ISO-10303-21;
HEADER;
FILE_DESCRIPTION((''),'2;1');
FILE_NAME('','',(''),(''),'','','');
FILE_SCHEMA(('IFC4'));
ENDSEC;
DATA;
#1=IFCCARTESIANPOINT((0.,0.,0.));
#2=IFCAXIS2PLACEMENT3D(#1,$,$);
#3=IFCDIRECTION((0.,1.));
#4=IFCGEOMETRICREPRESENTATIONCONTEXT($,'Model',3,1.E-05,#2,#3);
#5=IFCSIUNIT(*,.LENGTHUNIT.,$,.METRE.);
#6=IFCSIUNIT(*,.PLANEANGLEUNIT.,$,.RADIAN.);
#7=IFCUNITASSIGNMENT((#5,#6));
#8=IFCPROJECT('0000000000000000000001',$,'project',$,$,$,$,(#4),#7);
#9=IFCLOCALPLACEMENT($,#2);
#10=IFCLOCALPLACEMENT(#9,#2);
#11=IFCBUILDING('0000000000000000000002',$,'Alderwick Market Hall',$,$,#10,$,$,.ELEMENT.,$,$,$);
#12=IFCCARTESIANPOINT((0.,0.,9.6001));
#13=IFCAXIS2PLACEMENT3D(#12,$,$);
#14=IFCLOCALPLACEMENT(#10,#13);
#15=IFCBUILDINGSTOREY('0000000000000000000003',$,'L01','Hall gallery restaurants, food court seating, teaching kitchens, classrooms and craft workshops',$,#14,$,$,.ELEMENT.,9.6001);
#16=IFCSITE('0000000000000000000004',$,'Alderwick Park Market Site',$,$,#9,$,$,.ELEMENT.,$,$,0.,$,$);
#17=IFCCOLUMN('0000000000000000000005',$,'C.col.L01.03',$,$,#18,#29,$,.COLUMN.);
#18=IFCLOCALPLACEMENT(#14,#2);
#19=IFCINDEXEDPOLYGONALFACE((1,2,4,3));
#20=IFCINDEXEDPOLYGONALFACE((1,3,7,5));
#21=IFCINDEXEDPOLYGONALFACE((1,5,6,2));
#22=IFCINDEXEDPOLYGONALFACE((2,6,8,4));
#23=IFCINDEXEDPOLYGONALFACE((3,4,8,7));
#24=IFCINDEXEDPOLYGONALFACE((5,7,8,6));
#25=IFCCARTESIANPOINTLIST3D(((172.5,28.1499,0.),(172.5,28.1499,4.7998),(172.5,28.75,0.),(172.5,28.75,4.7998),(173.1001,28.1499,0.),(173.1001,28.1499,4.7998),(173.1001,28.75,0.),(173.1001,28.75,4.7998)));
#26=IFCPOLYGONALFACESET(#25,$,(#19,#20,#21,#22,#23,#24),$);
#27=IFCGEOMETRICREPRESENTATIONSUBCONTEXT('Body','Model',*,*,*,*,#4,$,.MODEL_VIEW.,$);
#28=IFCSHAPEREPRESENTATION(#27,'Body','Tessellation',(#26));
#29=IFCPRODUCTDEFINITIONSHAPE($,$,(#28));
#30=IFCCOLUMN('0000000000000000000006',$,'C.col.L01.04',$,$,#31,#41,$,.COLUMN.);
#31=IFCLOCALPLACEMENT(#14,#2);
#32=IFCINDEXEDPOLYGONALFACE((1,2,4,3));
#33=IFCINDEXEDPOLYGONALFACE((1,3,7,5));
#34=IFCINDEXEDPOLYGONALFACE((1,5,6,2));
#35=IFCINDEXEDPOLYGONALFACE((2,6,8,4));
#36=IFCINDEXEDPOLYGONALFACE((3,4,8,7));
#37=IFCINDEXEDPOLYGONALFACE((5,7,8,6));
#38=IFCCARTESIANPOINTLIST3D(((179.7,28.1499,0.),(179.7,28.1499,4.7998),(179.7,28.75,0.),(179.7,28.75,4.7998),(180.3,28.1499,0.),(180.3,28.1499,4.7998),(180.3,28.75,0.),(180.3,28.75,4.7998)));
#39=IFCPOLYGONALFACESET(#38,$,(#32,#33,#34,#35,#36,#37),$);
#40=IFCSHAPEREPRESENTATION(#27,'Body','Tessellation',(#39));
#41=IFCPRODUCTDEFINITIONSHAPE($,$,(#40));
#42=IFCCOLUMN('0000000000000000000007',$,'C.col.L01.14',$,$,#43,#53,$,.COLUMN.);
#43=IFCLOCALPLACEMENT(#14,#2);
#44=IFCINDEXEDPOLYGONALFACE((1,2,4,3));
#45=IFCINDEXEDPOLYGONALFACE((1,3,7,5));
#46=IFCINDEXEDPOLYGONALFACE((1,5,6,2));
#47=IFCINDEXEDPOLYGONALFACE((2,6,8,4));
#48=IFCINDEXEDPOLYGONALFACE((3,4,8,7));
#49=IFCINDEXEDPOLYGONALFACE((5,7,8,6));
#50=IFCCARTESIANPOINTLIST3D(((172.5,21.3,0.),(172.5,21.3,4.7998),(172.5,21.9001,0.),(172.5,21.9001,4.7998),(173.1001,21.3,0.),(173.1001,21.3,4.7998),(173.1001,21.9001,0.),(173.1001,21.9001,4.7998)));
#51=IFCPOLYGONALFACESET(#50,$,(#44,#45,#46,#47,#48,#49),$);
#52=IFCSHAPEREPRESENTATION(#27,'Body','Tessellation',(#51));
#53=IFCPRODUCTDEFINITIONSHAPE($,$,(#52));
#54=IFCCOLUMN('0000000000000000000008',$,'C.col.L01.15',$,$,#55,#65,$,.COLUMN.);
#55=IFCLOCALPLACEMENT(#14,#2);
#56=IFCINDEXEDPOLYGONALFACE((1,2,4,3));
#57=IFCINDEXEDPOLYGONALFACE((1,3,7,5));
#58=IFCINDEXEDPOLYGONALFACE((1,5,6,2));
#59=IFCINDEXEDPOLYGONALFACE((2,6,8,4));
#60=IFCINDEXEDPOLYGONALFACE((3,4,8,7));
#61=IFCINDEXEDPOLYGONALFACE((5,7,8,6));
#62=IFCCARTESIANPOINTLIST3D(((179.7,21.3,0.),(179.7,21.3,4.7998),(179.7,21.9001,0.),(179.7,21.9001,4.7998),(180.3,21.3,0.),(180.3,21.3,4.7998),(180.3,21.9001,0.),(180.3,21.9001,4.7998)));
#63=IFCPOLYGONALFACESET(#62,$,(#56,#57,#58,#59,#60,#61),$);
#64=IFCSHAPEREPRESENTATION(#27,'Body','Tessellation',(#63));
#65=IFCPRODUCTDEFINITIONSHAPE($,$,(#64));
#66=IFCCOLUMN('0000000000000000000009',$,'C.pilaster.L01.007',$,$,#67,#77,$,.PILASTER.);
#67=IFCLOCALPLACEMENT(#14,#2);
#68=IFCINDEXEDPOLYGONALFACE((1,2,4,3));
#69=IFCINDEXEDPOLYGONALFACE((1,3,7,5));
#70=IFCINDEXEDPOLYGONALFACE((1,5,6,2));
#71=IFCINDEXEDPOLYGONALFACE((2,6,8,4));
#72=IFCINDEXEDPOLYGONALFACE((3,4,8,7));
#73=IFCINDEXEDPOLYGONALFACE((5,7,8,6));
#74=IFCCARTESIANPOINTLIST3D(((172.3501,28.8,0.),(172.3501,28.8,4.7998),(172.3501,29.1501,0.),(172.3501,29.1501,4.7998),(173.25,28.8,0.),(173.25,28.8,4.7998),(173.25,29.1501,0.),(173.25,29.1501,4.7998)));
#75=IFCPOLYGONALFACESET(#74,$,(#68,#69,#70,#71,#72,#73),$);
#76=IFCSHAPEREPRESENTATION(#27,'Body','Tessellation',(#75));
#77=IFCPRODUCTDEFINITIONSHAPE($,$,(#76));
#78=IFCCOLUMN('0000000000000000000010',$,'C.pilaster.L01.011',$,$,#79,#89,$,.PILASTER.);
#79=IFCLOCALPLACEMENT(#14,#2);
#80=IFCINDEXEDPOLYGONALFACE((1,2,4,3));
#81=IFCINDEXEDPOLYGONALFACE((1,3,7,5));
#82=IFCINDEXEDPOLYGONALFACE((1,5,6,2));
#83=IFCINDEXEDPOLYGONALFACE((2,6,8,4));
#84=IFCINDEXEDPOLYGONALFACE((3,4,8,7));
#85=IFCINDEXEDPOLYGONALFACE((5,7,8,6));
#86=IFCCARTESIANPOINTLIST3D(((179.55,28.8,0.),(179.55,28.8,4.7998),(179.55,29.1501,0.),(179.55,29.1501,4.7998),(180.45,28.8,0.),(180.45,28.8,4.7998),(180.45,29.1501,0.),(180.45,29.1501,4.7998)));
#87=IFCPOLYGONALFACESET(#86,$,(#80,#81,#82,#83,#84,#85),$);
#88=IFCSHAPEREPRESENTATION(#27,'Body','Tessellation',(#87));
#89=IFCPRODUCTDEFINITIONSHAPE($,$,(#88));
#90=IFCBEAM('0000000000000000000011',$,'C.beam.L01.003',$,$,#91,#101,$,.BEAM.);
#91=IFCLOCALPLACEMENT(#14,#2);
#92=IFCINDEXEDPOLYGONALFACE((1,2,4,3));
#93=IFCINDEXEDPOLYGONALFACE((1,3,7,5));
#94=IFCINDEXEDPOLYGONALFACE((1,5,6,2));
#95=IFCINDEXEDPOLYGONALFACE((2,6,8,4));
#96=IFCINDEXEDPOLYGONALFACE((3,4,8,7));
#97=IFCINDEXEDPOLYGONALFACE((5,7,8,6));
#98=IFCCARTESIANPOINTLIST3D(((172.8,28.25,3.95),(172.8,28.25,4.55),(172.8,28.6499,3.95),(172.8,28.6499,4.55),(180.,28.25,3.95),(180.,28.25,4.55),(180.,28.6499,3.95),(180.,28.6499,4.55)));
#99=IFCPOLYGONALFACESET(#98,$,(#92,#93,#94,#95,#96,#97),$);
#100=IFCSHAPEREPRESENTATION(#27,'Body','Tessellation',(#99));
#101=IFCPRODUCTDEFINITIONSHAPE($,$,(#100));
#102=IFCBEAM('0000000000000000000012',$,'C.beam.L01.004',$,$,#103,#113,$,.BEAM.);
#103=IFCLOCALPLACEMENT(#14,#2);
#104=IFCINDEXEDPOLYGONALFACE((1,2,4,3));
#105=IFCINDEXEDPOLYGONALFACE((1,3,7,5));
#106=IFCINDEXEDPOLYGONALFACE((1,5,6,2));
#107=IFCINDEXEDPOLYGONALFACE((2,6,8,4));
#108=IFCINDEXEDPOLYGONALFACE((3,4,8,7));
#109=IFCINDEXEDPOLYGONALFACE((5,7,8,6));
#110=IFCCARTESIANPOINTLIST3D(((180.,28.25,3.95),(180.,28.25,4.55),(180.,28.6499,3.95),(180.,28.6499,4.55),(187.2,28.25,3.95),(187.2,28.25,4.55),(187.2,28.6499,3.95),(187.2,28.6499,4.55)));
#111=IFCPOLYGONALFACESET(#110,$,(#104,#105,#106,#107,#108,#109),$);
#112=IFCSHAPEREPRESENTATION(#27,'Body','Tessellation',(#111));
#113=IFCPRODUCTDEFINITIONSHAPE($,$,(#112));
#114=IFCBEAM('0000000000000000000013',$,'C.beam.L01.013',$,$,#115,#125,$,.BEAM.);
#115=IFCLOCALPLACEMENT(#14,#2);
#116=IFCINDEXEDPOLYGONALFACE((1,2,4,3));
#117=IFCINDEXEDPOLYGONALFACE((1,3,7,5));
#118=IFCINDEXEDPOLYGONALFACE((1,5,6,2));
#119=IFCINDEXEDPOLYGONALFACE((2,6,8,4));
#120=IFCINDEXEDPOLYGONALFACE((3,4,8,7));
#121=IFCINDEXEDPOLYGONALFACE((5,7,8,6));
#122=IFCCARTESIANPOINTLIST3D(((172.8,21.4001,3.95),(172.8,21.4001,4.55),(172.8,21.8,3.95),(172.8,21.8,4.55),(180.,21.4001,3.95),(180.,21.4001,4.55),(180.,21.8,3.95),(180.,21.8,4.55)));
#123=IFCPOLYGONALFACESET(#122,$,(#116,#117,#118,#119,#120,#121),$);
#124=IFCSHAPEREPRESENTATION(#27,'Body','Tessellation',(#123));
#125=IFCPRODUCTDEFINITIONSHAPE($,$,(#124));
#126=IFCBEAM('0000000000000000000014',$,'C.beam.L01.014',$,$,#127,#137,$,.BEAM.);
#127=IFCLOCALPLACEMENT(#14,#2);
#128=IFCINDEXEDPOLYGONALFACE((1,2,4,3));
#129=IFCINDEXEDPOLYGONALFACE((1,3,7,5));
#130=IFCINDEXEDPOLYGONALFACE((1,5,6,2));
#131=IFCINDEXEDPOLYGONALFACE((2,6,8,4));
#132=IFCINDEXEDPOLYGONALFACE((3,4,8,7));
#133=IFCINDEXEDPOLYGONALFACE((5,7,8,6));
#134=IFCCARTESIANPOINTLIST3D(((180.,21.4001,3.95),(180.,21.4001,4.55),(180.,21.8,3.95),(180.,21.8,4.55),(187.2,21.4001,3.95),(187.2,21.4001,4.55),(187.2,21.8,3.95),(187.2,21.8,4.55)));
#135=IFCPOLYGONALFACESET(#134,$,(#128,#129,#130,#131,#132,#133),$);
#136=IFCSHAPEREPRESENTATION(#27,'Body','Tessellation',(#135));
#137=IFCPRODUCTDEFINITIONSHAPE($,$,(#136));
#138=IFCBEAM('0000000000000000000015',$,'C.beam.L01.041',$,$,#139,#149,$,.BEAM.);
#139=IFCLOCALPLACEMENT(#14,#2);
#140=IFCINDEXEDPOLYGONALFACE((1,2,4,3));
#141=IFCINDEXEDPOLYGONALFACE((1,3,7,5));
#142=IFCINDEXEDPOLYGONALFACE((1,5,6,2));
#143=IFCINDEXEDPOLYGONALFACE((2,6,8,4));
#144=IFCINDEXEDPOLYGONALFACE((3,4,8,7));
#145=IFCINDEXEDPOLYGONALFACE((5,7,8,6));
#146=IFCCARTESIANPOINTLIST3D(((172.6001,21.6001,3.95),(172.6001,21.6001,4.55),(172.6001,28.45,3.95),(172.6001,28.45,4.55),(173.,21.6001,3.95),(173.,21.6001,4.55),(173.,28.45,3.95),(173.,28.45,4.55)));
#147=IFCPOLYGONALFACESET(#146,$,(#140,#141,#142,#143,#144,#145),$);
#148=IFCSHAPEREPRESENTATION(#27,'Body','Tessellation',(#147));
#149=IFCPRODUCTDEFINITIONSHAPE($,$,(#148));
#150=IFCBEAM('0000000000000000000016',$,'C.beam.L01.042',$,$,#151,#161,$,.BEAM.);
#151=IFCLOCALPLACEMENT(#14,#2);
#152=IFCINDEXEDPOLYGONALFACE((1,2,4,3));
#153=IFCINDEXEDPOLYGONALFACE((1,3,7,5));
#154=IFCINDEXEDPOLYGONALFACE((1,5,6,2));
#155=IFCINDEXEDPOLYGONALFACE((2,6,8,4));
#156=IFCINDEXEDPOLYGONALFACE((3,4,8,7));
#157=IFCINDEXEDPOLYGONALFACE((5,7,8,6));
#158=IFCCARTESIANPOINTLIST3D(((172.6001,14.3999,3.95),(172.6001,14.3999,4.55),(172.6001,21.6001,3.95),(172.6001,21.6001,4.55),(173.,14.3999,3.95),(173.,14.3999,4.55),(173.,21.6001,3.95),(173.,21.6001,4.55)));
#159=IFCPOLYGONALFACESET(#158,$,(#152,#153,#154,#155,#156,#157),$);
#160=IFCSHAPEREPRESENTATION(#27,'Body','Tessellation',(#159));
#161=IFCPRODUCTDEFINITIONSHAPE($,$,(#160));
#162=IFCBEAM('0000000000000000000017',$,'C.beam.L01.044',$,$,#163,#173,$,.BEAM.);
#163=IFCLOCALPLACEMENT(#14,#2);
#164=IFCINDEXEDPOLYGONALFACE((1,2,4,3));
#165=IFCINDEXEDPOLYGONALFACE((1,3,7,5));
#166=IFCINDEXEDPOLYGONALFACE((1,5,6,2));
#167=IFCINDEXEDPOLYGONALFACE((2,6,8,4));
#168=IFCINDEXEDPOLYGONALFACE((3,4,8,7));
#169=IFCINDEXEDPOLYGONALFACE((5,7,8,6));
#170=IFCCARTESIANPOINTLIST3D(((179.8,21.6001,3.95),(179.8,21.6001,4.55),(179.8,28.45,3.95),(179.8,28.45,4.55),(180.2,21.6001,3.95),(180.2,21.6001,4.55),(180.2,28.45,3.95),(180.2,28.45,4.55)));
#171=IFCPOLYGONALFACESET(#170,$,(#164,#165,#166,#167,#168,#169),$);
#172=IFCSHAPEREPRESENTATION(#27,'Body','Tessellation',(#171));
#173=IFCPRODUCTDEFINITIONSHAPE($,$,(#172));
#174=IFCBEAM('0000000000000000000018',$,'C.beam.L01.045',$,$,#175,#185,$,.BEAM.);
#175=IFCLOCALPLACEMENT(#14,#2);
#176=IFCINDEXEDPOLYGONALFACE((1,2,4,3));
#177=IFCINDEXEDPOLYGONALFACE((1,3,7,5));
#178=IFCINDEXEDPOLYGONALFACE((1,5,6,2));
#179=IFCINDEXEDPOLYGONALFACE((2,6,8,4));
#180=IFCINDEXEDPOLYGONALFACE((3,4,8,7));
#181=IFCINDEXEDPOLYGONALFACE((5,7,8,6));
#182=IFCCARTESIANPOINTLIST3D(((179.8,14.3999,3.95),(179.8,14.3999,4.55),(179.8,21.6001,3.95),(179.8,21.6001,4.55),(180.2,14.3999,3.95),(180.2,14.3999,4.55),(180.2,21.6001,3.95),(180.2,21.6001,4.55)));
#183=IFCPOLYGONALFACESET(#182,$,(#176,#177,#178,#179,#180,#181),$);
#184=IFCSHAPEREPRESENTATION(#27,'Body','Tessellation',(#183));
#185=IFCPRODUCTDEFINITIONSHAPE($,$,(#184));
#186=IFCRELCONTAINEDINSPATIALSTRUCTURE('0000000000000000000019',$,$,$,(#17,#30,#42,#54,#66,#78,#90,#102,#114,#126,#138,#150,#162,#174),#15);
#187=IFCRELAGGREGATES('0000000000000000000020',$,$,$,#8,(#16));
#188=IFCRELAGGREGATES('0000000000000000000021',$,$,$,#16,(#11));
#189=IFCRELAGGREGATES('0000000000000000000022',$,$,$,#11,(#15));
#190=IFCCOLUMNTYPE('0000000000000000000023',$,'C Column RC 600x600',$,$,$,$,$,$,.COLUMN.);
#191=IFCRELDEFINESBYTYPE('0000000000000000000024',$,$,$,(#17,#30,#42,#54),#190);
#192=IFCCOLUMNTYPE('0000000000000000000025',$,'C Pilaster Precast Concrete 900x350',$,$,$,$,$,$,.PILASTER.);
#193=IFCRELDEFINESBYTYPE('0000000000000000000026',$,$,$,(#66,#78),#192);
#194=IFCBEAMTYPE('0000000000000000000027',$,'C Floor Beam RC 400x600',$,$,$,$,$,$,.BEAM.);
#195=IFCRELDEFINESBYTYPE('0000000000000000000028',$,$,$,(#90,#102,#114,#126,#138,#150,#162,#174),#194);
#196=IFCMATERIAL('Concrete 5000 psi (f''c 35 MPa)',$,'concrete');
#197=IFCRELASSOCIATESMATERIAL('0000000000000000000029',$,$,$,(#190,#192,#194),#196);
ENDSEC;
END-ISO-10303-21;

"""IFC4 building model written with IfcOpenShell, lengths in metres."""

from ifc_helpers import new_model, si_unit, direction, frame, origin, origin_2d, place, context, subcontext, project, spatial, rectangle, extrude, material, material_profile, profile_set, type_object, element, save


model = new_model("IFC4")

# Units and contexts
model_context = context("Model", 3, precision=1e-05, world=origin(), true_north=direction((0.0, 1.0)))
body_context = subcontext(model_context, "Body", "Model", "MODEL_VIEW")
ifc_project = project(units=[si_unit("LENGTHUNIT", "METRE"), si_unit("PLANEANGLEUNIT", "RADIAN")], contexts=[model_context])

# Site, building, storey
site_placement = place(None, origin())
site = spatial("IfcSite", under=ifc_project, at=site_placement, Name="Alderwick Park Market Site", CompositionType="ELEMENT", RefElevation=0.0)
building_placement = place(site_placement, origin())
building = spatial("IfcBuilding", under=site, at=building_placement, Name="Alderwick Market Hall", CompositionType="ELEMENT")
storey_placement = place(building_placement, frame((0.0, 0.0, 9.6001)))
storey = spatial("IfcBuildingStorey", under=building, at=storey_placement, Name="L01", Description="Hall gallery restaurants, food court seating, teaching kitchens, classrooms and craft workshops", CompositionType="ELEMENT", Elevation=9.6001)

# Columns
ifc_material_1 = material(Name="Concrete 5000 psi (f'c 35 MPa)", Category="concrete")
ifc_material_profile_1 = material_profile(ifc_material_1, rectangle(XDim=0.6001, YDim=0.6001, at=origin_2d()), Name="RC 600x600")
ifc_profile_set_1 = profile_set([ifc_material_profile_1], Name="Concrete 5000 psi (f'c 35 MPa)")
column_type_1 = type_object("IfcColumnType", Name="C Column RC 600x600", PredefinedType="COLUMN", material=ifc_profile_set_1)
for number, where, z_axis, x_axis, name in (
    (1, (172.8, 28.45, 0.0), (0.0, 0.0, 1.0), (1.0, 0.0, 0.0), "C.col.L01.03"),
    (2, (180.0, 28.45, 0.0), (0.0, 0.0, 1.0), (1.0, 0.0, 0.0), "C.col.L01.04"),
    (3, (172.8, 21.6001, 0.0), (0.0, 0.0, 1.0), (1.0, 0.0, 0.0), "C.col.L01.14"),
    (4, (180.0, 21.6001, 0.0), (0.0, 0.0, 1.0), (1.0, 0.0, 0.0), "C.col.L01.15"),
):
    element("IfcColumn", number, at=place(storey_placement, frame(where, z_axis=z_axis, x_axis=x_axis)), inside=storey, type_object=column_type_1, Name=name, PredefinedType="COLUMN", context=body_context, shape_type="SweptSolid", body=[
        extrude(rectangle(XDim=0.6001, YDim=0.6001, at=origin_2d()), origin(), (0.0, 0.0, 1.0), 4.7998),
    ])
ifc_material_profile_2 = material_profile(ifc_material_1, rectangle(XDim=0.8999, YDim=0.3501, at=origin_2d()), Name="PC 900x350")
ifc_profile_set_2 = profile_set([ifc_material_profile_2], Name="Concrete 5000 psi (f'c 35 MPa)")
column_type_2 = type_object("IfcColumnType", Name="C Pilaster Precast Concrete 900x350", PredefinedType="PILASTER", material=ifc_profile_set_2)
for number, where, z_axis, x_axis, name in (
    (5, (172.8, 28.9751, 0.0), (0.0, 0.0, 1.0), (1.0, 0.0, 0.0), "C.pilaster.L01.007"),
    (6, (180.0, 28.9751, 0.0), (0.0, 0.0, 1.0), (1.0, 0.0, 0.0), "C.pilaster.L01.011"),
):
    element("IfcColumn", number, at=place(storey_placement, frame(where, z_axis=z_axis, x_axis=x_axis)), inside=storey, type_object=column_type_2, Name=name, PredefinedType="PILASTER", context=body_context, shape_type="SweptSolid", body=[
        extrude(rectangle(XDim=0.8999, YDim=0.3501, at=origin_2d()), origin(), (0.0, 0.0, 1.0), 4.7998),
    ])

# Beams
ifc_material_profile_3 = material_profile(ifc_material_1, rectangle(XDim=0.3999, YDim=0.6001, at=origin_2d()), Name="RC 400x600")
ifc_profile_set_3 = profile_set([ifc_material_profile_3], Name="Concrete 5000 psi (f'c 35 MPa)")
beam_type = type_object("IfcBeamType", Name="C Floor Beam RC 400x600", PredefinedType="BEAM", material=ifc_profile_set_3)
for number, where, z_axis, x_axis, name in (
    (7, (172.8, 28.45, 4.25), (1.0, 0.0, 0.0), (0.0, 1.0, 0.0), "C.beam.L01.003"),
    (8, (180.0, 28.45, 4.25), (1.0, 0.0, 0.0), (0.0, 1.0, 0.0), "C.beam.L01.004"),
    (9, (172.8, 21.6001, 4.25), (1.0, 0.0, 0.0), (0.0, 1.0, 0.0), "C.beam.L01.013"),
    (10, (180.0, 21.6001, 4.25), (1.0, 0.0, 0.0), (0.0, 1.0, 0.0), "C.beam.L01.014"),
):
    element("IfcBeam", number, at=place(storey_placement, frame(where, z_axis=z_axis, x_axis=x_axis)), inside=storey, type_object=beam_type, Name=name, PredefinedType="BEAM", context=body_context, shape_type="SweptSolid", body=[
        extrude(rectangle(XDim=0.3999, YDim=0.6001, at=origin_2d()), origin(), (0.0, 0.0, 1.0), 7.2),
    ])
beam_1_placement = place(storey_placement, frame((172.8, 28.45, 4.25), z_axis=(0.0, -1.0, 0.0), x_axis=(1.0, 0.0, 0.0)))
element("IfcBeam", 11, at=beam_1_placement, inside=storey, type_object=beam_type, Name="C.beam.L01.041", PredefinedType="BEAM", context=body_context, shape_type="SweptSolid", body=[
    extrude(rectangle(XDim=0.3999, YDim=0.6001, at=origin_2d()), origin(), (0.0, 0.0, 1.0), 6.8499),
])
beam_2_placement = place(storey_placement, frame((172.8, 21.6001, 4.25), z_axis=(0.0, -1.0, 0.0), x_axis=(1.0, 0.0, 0.0)))
element("IfcBeam", 12, at=beam_2_placement, inside=storey, type_object=beam_type, Name="C.beam.L01.042", PredefinedType="BEAM", context=body_context, shape_type="SweptSolid", body=[
    extrude(rectangle(XDim=0.3999, YDim=0.6001, at=origin_2d()), origin(), (0.0, 0.0, 1.0), 7.2002),
])
beam_3_placement = place(storey_placement, frame((180.0, 28.45, 4.25), z_axis=(0.0, -1.0, 0.0), x_axis=(1.0, 0.0, 0.0)))
element("IfcBeam", 13, at=beam_3_placement, inside=storey, type_object=beam_type, Name="C.beam.L01.044", PredefinedType="BEAM", context=body_context, shape_type="SweptSolid", body=[
    extrude(rectangle(XDim=0.3999, YDim=0.6001, at=origin_2d()), origin(), (0.0, 0.0, 1.0), 6.8499),
])
beam_4_placement = place(storey_placement, frame((180.0, 21.6001, 4.25), z_axis=(0.0, -1.0, 0.0), x_axis=(1.0, 0.0, 0.0)))
element("IfcBeam", 14, at=beam_4_placement, inside=storey, type_object=beam_type, Name="C.beam.L01.045", PredefinedType="BEAM", context=body_context, shape_type="SweptSolid", body=[
    extrude(rectangle(XDim=0.3999, YDim=0.6001, at=origin_2d()), origin(), (0.0, 0.0, 1.0), 7.2002),
])

save(model, "model.ifc")
